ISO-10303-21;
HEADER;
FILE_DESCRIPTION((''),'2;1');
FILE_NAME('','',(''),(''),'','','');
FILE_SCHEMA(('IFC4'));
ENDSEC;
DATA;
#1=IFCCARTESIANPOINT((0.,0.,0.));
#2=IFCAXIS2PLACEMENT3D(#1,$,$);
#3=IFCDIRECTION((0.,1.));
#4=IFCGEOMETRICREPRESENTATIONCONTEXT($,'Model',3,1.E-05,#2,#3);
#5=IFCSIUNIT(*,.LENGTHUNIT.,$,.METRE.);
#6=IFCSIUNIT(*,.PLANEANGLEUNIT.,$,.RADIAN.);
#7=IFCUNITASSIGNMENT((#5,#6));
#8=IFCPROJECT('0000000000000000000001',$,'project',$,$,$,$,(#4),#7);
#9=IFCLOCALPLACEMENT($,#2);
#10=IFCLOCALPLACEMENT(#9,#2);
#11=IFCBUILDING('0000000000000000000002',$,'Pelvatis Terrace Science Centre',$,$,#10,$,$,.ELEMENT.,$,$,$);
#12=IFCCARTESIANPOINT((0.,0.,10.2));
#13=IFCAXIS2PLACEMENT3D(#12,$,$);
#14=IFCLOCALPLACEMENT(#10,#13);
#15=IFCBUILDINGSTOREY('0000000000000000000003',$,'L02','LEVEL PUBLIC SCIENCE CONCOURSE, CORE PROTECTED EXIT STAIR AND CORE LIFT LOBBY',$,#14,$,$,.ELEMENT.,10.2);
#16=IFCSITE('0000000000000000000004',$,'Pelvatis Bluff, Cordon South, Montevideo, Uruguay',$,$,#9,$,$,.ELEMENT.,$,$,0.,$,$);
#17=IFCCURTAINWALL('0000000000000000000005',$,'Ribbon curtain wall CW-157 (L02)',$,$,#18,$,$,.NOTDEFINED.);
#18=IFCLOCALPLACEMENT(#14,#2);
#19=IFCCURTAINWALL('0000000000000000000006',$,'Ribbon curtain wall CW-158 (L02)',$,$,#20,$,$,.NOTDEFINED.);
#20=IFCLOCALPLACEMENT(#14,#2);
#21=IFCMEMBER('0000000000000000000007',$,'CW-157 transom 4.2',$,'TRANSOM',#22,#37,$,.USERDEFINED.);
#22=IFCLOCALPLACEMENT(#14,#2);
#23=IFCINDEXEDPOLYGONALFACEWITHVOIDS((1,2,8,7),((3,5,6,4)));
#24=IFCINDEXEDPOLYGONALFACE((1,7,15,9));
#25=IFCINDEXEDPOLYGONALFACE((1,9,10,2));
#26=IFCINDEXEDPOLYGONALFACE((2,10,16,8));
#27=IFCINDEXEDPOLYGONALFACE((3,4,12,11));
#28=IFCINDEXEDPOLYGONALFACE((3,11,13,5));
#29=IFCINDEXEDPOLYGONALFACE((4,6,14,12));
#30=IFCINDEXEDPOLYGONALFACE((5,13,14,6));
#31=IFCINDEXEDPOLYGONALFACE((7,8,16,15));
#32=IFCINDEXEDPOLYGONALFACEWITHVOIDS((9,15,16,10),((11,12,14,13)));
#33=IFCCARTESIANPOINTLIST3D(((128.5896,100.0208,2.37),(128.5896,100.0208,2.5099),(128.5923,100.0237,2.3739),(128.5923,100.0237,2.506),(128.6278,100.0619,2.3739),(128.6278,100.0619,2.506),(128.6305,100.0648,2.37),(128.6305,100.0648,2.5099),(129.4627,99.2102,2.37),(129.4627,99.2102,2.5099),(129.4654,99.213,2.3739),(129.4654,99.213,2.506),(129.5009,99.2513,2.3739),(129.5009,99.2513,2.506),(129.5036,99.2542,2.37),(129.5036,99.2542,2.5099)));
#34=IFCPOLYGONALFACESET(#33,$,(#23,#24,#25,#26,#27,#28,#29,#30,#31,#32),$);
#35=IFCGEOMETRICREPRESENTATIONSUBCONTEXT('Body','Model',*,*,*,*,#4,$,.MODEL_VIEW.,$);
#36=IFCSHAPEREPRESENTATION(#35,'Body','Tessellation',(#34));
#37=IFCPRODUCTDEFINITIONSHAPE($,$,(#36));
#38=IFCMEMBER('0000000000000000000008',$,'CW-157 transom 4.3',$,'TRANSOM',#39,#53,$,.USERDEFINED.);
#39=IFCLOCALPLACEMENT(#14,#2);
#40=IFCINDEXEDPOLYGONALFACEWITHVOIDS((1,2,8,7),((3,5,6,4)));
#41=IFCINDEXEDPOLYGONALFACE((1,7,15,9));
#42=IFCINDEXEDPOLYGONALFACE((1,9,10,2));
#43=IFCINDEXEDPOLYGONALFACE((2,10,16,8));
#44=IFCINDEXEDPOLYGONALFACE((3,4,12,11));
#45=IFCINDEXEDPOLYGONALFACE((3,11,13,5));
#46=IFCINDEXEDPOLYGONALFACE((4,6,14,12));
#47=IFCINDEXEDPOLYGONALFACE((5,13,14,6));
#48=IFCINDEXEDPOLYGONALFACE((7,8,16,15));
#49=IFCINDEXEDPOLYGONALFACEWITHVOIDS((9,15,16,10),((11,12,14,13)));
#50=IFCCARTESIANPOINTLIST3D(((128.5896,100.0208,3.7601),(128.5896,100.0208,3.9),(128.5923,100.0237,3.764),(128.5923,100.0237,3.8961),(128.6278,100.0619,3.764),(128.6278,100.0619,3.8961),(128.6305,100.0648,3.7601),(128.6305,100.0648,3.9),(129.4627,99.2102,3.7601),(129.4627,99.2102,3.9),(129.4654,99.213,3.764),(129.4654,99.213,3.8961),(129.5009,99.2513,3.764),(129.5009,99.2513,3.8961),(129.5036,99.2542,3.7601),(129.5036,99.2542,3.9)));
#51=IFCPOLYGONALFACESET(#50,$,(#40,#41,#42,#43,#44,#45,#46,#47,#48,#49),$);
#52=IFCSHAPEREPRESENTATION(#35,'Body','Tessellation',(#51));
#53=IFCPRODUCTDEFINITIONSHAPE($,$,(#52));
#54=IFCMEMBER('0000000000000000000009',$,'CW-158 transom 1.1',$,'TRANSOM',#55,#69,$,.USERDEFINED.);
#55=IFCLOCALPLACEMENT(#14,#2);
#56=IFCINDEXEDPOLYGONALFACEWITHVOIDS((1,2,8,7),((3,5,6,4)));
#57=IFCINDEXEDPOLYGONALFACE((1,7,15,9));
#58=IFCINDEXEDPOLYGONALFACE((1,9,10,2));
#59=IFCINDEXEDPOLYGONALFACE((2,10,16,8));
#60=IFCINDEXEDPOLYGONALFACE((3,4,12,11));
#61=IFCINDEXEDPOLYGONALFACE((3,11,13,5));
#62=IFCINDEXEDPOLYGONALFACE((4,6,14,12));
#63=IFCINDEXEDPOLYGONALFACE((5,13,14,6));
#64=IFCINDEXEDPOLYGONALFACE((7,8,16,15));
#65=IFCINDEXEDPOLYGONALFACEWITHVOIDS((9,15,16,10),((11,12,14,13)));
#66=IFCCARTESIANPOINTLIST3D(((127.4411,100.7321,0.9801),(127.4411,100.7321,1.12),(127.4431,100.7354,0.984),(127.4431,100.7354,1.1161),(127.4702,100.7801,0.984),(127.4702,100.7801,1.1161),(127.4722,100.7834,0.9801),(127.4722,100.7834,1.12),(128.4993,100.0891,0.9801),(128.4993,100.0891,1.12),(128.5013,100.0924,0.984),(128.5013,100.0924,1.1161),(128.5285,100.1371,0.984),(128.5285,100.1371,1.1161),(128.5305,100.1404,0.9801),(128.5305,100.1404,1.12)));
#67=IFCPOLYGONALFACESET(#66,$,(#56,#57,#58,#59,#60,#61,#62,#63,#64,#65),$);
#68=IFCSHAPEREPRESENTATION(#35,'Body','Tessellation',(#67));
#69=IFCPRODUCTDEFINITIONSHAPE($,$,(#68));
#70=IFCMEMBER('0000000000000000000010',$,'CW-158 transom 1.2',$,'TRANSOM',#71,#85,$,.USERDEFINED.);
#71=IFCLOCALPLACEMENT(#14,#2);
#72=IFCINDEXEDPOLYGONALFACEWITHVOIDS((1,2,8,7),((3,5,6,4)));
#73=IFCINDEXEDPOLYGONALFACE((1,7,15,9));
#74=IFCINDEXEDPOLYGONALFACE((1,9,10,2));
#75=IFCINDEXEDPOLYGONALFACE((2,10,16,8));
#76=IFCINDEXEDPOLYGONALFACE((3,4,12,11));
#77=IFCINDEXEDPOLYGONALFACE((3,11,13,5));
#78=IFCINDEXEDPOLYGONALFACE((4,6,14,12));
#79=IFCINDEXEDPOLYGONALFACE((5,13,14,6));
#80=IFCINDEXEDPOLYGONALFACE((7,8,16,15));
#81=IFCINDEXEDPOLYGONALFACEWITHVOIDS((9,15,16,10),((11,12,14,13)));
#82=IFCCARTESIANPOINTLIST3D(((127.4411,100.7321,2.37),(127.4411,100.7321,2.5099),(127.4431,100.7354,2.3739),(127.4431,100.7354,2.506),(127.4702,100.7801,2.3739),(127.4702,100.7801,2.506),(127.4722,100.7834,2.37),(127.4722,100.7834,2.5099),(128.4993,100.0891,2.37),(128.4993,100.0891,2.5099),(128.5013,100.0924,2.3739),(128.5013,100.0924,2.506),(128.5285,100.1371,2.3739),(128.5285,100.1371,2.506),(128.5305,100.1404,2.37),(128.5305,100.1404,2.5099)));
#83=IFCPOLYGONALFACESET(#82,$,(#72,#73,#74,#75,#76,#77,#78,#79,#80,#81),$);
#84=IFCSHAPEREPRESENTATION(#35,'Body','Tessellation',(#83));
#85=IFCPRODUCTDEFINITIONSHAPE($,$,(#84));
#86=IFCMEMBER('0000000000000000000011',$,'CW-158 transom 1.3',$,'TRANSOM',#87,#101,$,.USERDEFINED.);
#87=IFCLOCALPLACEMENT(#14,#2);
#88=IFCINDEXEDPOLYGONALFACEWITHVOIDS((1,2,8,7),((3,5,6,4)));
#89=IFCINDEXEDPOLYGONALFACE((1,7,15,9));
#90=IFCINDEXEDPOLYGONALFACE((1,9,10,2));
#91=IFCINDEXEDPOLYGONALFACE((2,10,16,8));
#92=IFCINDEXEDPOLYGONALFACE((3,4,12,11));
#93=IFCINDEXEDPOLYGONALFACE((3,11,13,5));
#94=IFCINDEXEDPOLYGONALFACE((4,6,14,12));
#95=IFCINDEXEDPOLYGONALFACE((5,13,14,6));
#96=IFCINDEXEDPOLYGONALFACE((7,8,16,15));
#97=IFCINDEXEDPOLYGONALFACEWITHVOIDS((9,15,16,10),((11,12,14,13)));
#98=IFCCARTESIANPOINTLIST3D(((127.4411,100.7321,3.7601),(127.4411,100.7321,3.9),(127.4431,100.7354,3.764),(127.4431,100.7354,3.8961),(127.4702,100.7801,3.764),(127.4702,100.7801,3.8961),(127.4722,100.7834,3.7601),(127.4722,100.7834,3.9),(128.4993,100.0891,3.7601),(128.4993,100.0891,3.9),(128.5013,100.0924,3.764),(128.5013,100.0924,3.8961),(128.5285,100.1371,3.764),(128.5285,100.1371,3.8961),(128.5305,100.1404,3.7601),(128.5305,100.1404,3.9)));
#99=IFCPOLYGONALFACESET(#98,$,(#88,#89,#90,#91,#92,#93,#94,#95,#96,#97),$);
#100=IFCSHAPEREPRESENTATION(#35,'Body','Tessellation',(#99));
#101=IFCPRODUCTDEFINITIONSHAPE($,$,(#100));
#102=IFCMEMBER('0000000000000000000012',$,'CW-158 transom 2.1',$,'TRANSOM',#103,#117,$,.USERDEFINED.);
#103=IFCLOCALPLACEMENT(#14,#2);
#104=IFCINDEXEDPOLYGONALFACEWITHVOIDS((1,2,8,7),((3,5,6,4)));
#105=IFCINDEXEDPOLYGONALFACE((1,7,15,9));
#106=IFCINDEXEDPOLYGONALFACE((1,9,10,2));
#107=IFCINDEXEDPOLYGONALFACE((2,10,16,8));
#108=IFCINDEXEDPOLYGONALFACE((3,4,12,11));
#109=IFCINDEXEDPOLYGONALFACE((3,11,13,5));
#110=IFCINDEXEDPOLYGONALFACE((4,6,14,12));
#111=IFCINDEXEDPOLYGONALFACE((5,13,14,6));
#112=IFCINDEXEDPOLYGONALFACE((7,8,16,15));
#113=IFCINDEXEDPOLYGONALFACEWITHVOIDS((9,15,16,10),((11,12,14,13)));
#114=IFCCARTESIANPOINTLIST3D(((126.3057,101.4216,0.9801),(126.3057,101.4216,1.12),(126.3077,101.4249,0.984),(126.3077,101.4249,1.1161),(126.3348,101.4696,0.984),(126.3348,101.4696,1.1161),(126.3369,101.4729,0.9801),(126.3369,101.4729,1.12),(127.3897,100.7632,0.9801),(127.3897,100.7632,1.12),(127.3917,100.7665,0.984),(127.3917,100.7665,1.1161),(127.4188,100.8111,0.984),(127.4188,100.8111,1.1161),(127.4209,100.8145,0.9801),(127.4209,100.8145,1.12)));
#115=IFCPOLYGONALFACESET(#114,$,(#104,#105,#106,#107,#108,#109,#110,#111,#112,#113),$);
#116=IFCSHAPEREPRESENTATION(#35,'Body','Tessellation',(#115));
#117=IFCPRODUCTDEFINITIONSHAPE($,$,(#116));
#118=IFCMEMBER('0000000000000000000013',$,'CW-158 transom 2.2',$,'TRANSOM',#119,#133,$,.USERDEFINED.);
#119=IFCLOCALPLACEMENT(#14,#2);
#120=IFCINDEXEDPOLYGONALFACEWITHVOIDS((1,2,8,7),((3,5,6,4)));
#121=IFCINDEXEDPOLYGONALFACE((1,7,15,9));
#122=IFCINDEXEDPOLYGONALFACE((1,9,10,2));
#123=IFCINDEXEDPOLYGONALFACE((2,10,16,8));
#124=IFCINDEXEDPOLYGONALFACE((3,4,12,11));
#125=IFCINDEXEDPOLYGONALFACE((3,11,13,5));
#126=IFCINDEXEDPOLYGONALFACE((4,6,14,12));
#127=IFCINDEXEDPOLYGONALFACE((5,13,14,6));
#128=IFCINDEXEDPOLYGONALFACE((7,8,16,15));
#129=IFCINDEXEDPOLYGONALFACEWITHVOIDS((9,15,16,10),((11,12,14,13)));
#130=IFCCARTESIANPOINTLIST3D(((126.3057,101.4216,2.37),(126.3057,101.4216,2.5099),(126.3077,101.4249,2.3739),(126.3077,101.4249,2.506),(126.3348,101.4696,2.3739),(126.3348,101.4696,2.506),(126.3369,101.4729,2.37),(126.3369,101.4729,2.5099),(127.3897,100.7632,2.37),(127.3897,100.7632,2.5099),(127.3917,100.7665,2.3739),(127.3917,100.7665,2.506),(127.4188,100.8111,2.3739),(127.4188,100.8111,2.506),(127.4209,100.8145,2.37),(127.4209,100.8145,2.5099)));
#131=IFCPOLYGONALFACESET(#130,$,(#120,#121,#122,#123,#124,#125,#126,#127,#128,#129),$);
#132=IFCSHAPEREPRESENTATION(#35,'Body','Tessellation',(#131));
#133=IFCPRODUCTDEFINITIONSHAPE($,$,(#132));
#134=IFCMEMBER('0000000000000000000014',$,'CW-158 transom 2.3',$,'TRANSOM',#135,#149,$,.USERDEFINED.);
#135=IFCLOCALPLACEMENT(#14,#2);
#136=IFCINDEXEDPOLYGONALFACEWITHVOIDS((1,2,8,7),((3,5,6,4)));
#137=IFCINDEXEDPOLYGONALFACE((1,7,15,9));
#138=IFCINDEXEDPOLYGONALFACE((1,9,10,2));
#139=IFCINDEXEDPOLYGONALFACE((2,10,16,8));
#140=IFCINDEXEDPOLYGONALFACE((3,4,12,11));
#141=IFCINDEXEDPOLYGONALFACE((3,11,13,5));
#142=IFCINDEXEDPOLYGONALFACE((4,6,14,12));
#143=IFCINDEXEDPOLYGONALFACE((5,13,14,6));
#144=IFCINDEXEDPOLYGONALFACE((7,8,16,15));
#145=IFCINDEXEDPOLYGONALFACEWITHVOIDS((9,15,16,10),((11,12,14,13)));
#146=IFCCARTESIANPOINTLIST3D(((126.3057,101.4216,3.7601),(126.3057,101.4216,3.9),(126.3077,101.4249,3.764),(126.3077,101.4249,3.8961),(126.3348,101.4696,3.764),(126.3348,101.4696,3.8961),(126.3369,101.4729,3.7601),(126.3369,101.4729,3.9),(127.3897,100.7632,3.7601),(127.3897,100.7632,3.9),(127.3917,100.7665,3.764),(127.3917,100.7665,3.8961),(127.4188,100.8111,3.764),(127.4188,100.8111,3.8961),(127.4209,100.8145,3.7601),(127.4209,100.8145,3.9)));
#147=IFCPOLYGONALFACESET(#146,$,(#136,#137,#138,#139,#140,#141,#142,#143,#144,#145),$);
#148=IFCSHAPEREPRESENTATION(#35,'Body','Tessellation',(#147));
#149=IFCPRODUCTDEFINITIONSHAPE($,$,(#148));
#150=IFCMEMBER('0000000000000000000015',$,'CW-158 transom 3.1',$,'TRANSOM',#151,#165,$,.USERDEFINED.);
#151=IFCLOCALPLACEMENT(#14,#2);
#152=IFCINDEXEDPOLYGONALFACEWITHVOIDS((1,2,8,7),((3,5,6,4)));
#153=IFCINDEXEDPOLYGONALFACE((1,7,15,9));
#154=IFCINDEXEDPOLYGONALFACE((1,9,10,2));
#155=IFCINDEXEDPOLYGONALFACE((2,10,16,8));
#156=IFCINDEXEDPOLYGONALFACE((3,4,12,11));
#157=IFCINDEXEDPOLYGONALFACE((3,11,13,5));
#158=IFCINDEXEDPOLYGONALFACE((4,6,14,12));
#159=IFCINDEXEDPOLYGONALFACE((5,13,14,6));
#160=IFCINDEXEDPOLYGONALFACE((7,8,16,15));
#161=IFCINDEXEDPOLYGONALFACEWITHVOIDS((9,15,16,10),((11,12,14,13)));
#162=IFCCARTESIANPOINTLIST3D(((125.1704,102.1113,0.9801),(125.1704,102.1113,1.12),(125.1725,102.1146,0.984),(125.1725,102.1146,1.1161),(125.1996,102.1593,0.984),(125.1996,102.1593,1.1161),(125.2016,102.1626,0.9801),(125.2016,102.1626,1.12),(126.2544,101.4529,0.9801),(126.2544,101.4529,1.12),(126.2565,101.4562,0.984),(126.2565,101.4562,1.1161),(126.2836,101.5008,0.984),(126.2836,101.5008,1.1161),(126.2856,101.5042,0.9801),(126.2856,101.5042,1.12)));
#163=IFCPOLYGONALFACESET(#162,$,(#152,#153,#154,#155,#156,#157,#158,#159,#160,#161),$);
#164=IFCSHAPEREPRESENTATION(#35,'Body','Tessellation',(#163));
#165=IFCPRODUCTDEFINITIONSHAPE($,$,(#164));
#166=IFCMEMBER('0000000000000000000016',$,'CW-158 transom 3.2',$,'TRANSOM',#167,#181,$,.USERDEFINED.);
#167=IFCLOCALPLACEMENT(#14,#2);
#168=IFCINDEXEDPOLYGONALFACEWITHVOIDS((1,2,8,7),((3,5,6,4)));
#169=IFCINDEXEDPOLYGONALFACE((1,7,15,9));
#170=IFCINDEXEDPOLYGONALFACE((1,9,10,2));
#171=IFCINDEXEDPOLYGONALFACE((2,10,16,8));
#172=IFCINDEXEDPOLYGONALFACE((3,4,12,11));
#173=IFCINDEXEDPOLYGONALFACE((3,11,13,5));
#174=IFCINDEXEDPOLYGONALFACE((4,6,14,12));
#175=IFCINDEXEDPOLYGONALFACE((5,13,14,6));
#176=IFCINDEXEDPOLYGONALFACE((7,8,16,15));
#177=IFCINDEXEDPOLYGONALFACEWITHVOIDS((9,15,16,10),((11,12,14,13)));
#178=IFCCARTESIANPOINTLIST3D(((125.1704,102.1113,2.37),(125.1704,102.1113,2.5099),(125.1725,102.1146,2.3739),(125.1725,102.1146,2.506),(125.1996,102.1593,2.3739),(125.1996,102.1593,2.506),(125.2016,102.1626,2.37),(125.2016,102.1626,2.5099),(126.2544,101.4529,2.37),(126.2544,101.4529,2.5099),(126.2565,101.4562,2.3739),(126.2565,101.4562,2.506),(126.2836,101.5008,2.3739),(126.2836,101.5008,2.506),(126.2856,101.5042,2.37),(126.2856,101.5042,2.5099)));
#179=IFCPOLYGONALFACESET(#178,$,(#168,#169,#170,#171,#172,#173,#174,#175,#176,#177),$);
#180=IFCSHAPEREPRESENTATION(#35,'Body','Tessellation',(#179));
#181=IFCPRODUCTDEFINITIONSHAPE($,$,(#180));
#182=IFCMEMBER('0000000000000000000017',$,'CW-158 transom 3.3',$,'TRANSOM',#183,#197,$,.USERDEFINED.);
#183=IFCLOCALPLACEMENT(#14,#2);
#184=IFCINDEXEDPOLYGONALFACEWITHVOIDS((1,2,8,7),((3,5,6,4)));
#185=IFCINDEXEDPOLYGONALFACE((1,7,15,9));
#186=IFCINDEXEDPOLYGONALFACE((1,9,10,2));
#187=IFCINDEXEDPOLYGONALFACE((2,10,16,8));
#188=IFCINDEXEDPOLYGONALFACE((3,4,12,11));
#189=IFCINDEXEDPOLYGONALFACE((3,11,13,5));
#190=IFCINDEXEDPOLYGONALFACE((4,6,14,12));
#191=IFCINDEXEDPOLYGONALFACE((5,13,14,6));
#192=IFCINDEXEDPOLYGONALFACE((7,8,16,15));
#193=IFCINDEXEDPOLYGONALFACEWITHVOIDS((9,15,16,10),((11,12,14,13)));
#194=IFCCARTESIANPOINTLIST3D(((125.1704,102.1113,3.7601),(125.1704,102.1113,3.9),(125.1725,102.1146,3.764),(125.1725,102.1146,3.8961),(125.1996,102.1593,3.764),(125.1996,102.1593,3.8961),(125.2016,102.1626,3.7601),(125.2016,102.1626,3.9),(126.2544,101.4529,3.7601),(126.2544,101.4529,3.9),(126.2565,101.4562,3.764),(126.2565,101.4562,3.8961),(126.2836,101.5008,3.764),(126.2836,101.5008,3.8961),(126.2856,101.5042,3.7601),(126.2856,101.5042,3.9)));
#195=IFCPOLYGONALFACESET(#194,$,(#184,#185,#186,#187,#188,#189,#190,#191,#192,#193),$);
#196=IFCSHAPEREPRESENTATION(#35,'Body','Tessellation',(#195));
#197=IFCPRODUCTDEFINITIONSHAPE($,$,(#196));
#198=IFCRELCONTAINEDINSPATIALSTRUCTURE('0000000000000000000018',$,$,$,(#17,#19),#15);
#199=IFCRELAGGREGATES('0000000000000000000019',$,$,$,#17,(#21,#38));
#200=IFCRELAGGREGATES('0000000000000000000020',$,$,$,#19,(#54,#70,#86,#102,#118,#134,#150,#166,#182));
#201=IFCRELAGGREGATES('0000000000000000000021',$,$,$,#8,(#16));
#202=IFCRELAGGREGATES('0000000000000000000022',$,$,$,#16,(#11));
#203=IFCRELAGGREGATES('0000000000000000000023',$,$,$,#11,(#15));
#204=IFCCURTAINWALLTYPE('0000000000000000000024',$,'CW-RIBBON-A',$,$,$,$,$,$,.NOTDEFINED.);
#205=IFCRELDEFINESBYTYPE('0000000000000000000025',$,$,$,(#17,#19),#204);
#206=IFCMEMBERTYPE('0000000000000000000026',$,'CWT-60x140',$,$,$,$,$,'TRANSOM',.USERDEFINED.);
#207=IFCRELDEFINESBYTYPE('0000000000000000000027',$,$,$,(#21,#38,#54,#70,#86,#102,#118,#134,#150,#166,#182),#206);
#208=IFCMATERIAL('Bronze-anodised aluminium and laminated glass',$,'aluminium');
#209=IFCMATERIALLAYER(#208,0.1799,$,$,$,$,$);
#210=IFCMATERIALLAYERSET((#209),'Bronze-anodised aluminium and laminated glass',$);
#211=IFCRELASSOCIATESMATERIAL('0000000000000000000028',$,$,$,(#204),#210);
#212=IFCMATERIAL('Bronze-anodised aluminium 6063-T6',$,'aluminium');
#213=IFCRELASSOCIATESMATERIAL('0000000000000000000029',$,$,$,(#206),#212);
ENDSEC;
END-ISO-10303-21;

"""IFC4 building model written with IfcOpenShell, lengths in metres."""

from ifc_helpers import new_model, si_unit, direction, frame, origin, origin_2d, place, context, subcontext, project, spatial, hollow_rectangle, extrude, material, layer, layer_set, material_profile, profile_set, type_object, element, aggregate, save


model = new_model("IFC4")

# Units and contexts
model_context = context("Model", 3, precision=1e-05, world=origin(), true_north=direction((0.0, 1.0)))
body_context = subcontext(model_context, "Body", "Model", "MODEL_VIEW")
ifc_project = project(units=[si_unit("LENGTHUNIT", "METRE"), si_unit("PLANEANGLEUNIT", "RADIAN")], contexts=[model_context])

# Site, building, storey
site_placement = place(None, origin())
site = spatial("IfcSite", under=ifc_project, at=site_placement, Name="Pelvatis Bluff, Cordon South, Montevideo, Uruguay", CompositionType="ELEMENT", RefElevation=0.0)
building_placement = place(site_placement, origin())
building = spatial("IfcBuilding", under=site, at=building_placement, Name="Pelvatis Terrace Science Centre", CompositionType="ELEMENT")
storey_placement = place(building_placement, frame((0.0, 0.0, 10.2)))
storey = spatial("IfcBuildingStorey", under=building, at=storey_placement, Name="L02", Description="LEVEL PUBLIC SCIENCE CONCOURSE, CORE PROTECTED EXIT STAIR AND CORE LIFT LOBBY", CompositionType="ELEMENT", Elevation=10.2)

# Curtain walls
ifc_material_1 = material(Name="Bronze-anodised aluminium and laminated glass", Category="aluminium")
ifc_layer_1 = layer(ifc_material_1, 0.1799)
ifc_layer_set_1 = layer_set([ifc_layer_1], Name="Bronze-anodised aluminium and laminated glass")
curtain_wall_type = type_object("IfcCurtainWallType", Name="CW-RIBBON-A", PredefinedType="NOTDEFINED", material=ifc_layer_set_1)
curtain_wall_1_placement = place(storey_placement, origin())
curtain_wall_1 = element("IfcCurtainWall", 1, at=curtain_wall_1_placement, inside=storey, type_object=curtain_wall_type, Name="Ribbon curtain wall CW-157 (L02)", PredefinedType="NOTDEFINED")
curtain_wall_2_placement = place(storey_placement, origin())
curtain_wall_2 = element("IfcCurtainWall", 2, at=curtain_wall_2_placement, inside=storey, type_object=curtain_wall_type, Name="Ribbon curtain wall CW-158 (L02)", PredefinedType="NOTDEFINED")

# Members
ifc_material_2 = material(Name="Bronze-anodised aluminium 6063-T6", Category="aluminium")
ifc_material_profile_1 = material_profile(ifc_material_2, hollow_rectangle(XDim=0.0601, YDim=0.1399, WallThickness=0.0039, at=origin_2d()), Name="ALU-TRN 60x140")
ifc_profile_set_1 = profile_set([ifc_material_profile_1], Name="Bronze-anodised aluminium 6063-T6")
member_type_1 = type_object("IfcMemberType", Name="CWT-60x140", ElementType="TRANSOM", PredefinedType="USERDEFINED", material=ifc_profile_set_1)
member_1_placement = place(storey_placement, frame((129.4832, 99.2322, 2.4399), z_axis=(-0.732852, 0.680388, 0.0), x_axis=(-0.680388, -0.732852, 0.0)))
member_1 = element("IfcMember", 3, at=member_1_placement, type_object=member_type_1, Name="CW-157 transom 4.2", ObjectType="TRANSOM", PredefinedType="USERDEFINED", context=body_context, shape_type="SweptSolid", body=[
    extrude(hollow_rectangle(XDim=0.0601, YDim=0.1399, WallThickness=0.0039, at=origin_2d()), origin(), (0.0, 0.0, 1.0), 1.1914),
])
member_2_placement = place(storey_placement, frame((129.4832, 99.2322, 3.8301), z_axis=(-0.732852, 0.680388, 0.0), x_axis=(-0.680388, -0.732852, 0.0)))
member_2 = element("IfcMember", 4, at=member_2_placement, type_object=member_type_1, Name="CW-157 transom 4.3", ObjectType="TRANSOM", PredefinedType="USERDEFINED", context=body_context, shape_type="SweptSolid", body=[
    extrude(hollow_rectangle(XDim=0.0601, YDim=0.1399, WallThickness=0.0039, at=origin_2d()), origin(), (0.0, 0.0, 1.0), 1.1914),
])
member_3_placement = place(storey_placement, frame((128.5149, 100.1147, 1.05), z_axis=(-0.854609, 0.519271, 0.0), x_axis=(-0.519271, -0.854609, 0.0)))
member_3 = element("IfcMember", 5, at=member_3_placement, type_object=member_type_1, Name="CW-158 transom 1.1", ObjectType="TRANSOM", PredefinedType="USERDEFINED", context=body_context, shape_type="SweptSolid", body=[
    extrude(hollow_rectangle(XDim=0.0601, YDim=0.1399, WallThickness=0.0039, at=origin_2d()), origin(), (0.0, 0.0, 1.0), 1.2383),
])
member_4_placement = place(storey_placement, frame((128.5149, 100.1147, 2.4399), z_axis=(-0.854609, 0.519271, 0.0), x_axis=(-0.519271, -0.854609, 0.0)))
member_4 = element("IfcMember", 6, at=member_4_placement, type_object=member_type_1, Name="CW-158 transom 1.2", ObjectType="TRANSOM", PredefinedType="USERDEFINED", context=body_context, shape_type="SweptSolid", body=[
    extrude(hollow_rectangle(XDim=0.0601, YDim=0.1399, WallThickness=0.0039, at=origin_2d()), origin(), (0.0, 0.0, 1.0), 1.2383),
])
member_5_placement = place(storey_placement, frame((128.5149, 100.1147, 3.8301), z_axis=(-0.854609, 0.519271, 0.0), x_axis=(-0.519271, -0.854609, 0.0)))
member_5 = element("IfcMember", 7, at=member_5_placement, type_object=member_type_1, Name="CW-158 transom 1.3", ObjectType="TRANSOM", PredefinedType="USERDEFINED", context=body_context, shape_type="SweptSolid", body=[
    extrude(hollow_rectangle(XDim=0.0601, YDim=0.1399, WallThickness=0.0039, at=origin_2d()), origin(), (0.0, 0.0, 1.0), 1.2383),
])
member_6_placement = place(storey_placement, frame((127.4053, 100.7888, 1.05), z_axis=(-0.854678, 0.519159, 0.0), x_axis=(-0.519159, -0.854678, 0.0)))
member_6 = element("IfcMember", 8, at=member_6_placement, type_object=member_type_1, Name="CW-158 transom 2.1", ObjectType="TRANSOM", PredefinedType="USERDEFINED", context=body_context, shape_type="SweptSolid", body=[
    extrude(hollow_rectangle(XDim=0.0601, YDim=0.1399, WallThickness=0.0039, at=origin_2d()), origin(), (0.0, 0.0, 1.0), 1.2683),
])
member_7_placement = place(storey_placement, frame((127.4053, 100.7888, 2.4399), z_axis=(-0.854678, 0.519159, 0.0), x_axis=(-0.519159, -0.854678, 0.0)))
member_7 = element("IfcMember", 9, at=member_7_placement, type_object=member_type_1, Name="CW-158 transom 2.2", ObjectType="TRANSOM", PredefinedType="USERDEFINED", context=body_context, shape_type="SweptSolid", body=[
    extrude(hollow_rectangle(XDim=0.0601, YDim=0.1399, WallThickness=0.0039, at=origin_2d()), origin(), (0.0, 0.0, 1.0), 1.2683),
])
member_8_placement = place(storey_placement, frame((127.4053, 100.7888, 3.8301), z_axis=(-0.854678, 0.519159, 0.0), x_axis=(-0.519159, -0.854678, 0.0)))
member_8 = element("IfcMember", 10, at=member_8_placement, type_object=member_type_1, Name="CW-158 transom 2.3", ObjectType="TRANSOM", PredefinedType="USERDEFINED", context=body_context, shape_type="SweptSolid", body=[
    extrude(hollow_rectangle(XDim=0.0601, YDim=0.1399, WallThickness=0.0039, at=origin_2d()), origin(), (0.0, 0.0, 1.0), 1.2683),
])
member_9_placement = place(storey_placement, frame((126.27, 101.4785, 1.05), z_axis=(-0.854678, 0.519159, 0.0), x_axis=(-0.519159, -0.854678, 0.0)))
member_9 = element("IfcMember", 11, at=member_9_placement, type_object=member_type_1, Name="CW-158 transom 3.1", ObjectType="TRANSOM", PredefinedType="USERDEFINED", context=body_context, shape_type="SweptSolid", body=[
    extrude(hollow_rectangle(XDim=0.0601, YDim=0.1399, WallThickness=0.0039, at=origin_2d()), origin(), (0.0, 0.0, 1.0), 1.2683),
])
member_10_placement = place(storey_placement, frame((126.27, 101.4785, 2.4399), z_axis=(-0.854678, 0.519159, 0.0), x_axis=(-0.519159, -0.854678, 0.0)))
member_10 = element("IfcMember", 12, at=member_10_placement, type_object=member_type_1, Name="CW-158 transom 3.2", ObjectType="TRANSOM", PredefinedType="USERDEFINED", context=body_context, shape_type="SweptSolid", body=[
    extrude(hollow_rectangle(XDim=0.0601, YDim=0.1399, WallThickness=0.0039, at=origin_2d()), origin(), (0.0, 0.0, 1.0), 1.2683),
])
member_11_placement = place(storey_placement, frame((126.27, 101.4785, 3.8301), z_axis=(-0.854678, 0.519159, 0.0), x_axis=(-0.519159, -0.854678, 0.0)))
member_11 = element("IfcMember", 13, at=member_11_placement, type_object=member_type_1, Name="CW-158 transom 3.3", ObjectType="TRANSOM", PredefinedType="USERDEFINED", context=body_context, shape_type="SweptSolid", body=[
    extrude(hollow_rectangle(XDim=0.0601, YDim=0.1399, WallThickness=0.0039, at=origin_2d()), origin(), (0.0, 0.0, 1.0), 1.2683),
])

aggregate(curtain_wall_1, [member_1, member_2])
aggregate(curtain_wall_2, [member_3, member_4, member_5, member_6, member_7, member_8, member_9, member_10, member_11])

save(model, "model.ifc")
